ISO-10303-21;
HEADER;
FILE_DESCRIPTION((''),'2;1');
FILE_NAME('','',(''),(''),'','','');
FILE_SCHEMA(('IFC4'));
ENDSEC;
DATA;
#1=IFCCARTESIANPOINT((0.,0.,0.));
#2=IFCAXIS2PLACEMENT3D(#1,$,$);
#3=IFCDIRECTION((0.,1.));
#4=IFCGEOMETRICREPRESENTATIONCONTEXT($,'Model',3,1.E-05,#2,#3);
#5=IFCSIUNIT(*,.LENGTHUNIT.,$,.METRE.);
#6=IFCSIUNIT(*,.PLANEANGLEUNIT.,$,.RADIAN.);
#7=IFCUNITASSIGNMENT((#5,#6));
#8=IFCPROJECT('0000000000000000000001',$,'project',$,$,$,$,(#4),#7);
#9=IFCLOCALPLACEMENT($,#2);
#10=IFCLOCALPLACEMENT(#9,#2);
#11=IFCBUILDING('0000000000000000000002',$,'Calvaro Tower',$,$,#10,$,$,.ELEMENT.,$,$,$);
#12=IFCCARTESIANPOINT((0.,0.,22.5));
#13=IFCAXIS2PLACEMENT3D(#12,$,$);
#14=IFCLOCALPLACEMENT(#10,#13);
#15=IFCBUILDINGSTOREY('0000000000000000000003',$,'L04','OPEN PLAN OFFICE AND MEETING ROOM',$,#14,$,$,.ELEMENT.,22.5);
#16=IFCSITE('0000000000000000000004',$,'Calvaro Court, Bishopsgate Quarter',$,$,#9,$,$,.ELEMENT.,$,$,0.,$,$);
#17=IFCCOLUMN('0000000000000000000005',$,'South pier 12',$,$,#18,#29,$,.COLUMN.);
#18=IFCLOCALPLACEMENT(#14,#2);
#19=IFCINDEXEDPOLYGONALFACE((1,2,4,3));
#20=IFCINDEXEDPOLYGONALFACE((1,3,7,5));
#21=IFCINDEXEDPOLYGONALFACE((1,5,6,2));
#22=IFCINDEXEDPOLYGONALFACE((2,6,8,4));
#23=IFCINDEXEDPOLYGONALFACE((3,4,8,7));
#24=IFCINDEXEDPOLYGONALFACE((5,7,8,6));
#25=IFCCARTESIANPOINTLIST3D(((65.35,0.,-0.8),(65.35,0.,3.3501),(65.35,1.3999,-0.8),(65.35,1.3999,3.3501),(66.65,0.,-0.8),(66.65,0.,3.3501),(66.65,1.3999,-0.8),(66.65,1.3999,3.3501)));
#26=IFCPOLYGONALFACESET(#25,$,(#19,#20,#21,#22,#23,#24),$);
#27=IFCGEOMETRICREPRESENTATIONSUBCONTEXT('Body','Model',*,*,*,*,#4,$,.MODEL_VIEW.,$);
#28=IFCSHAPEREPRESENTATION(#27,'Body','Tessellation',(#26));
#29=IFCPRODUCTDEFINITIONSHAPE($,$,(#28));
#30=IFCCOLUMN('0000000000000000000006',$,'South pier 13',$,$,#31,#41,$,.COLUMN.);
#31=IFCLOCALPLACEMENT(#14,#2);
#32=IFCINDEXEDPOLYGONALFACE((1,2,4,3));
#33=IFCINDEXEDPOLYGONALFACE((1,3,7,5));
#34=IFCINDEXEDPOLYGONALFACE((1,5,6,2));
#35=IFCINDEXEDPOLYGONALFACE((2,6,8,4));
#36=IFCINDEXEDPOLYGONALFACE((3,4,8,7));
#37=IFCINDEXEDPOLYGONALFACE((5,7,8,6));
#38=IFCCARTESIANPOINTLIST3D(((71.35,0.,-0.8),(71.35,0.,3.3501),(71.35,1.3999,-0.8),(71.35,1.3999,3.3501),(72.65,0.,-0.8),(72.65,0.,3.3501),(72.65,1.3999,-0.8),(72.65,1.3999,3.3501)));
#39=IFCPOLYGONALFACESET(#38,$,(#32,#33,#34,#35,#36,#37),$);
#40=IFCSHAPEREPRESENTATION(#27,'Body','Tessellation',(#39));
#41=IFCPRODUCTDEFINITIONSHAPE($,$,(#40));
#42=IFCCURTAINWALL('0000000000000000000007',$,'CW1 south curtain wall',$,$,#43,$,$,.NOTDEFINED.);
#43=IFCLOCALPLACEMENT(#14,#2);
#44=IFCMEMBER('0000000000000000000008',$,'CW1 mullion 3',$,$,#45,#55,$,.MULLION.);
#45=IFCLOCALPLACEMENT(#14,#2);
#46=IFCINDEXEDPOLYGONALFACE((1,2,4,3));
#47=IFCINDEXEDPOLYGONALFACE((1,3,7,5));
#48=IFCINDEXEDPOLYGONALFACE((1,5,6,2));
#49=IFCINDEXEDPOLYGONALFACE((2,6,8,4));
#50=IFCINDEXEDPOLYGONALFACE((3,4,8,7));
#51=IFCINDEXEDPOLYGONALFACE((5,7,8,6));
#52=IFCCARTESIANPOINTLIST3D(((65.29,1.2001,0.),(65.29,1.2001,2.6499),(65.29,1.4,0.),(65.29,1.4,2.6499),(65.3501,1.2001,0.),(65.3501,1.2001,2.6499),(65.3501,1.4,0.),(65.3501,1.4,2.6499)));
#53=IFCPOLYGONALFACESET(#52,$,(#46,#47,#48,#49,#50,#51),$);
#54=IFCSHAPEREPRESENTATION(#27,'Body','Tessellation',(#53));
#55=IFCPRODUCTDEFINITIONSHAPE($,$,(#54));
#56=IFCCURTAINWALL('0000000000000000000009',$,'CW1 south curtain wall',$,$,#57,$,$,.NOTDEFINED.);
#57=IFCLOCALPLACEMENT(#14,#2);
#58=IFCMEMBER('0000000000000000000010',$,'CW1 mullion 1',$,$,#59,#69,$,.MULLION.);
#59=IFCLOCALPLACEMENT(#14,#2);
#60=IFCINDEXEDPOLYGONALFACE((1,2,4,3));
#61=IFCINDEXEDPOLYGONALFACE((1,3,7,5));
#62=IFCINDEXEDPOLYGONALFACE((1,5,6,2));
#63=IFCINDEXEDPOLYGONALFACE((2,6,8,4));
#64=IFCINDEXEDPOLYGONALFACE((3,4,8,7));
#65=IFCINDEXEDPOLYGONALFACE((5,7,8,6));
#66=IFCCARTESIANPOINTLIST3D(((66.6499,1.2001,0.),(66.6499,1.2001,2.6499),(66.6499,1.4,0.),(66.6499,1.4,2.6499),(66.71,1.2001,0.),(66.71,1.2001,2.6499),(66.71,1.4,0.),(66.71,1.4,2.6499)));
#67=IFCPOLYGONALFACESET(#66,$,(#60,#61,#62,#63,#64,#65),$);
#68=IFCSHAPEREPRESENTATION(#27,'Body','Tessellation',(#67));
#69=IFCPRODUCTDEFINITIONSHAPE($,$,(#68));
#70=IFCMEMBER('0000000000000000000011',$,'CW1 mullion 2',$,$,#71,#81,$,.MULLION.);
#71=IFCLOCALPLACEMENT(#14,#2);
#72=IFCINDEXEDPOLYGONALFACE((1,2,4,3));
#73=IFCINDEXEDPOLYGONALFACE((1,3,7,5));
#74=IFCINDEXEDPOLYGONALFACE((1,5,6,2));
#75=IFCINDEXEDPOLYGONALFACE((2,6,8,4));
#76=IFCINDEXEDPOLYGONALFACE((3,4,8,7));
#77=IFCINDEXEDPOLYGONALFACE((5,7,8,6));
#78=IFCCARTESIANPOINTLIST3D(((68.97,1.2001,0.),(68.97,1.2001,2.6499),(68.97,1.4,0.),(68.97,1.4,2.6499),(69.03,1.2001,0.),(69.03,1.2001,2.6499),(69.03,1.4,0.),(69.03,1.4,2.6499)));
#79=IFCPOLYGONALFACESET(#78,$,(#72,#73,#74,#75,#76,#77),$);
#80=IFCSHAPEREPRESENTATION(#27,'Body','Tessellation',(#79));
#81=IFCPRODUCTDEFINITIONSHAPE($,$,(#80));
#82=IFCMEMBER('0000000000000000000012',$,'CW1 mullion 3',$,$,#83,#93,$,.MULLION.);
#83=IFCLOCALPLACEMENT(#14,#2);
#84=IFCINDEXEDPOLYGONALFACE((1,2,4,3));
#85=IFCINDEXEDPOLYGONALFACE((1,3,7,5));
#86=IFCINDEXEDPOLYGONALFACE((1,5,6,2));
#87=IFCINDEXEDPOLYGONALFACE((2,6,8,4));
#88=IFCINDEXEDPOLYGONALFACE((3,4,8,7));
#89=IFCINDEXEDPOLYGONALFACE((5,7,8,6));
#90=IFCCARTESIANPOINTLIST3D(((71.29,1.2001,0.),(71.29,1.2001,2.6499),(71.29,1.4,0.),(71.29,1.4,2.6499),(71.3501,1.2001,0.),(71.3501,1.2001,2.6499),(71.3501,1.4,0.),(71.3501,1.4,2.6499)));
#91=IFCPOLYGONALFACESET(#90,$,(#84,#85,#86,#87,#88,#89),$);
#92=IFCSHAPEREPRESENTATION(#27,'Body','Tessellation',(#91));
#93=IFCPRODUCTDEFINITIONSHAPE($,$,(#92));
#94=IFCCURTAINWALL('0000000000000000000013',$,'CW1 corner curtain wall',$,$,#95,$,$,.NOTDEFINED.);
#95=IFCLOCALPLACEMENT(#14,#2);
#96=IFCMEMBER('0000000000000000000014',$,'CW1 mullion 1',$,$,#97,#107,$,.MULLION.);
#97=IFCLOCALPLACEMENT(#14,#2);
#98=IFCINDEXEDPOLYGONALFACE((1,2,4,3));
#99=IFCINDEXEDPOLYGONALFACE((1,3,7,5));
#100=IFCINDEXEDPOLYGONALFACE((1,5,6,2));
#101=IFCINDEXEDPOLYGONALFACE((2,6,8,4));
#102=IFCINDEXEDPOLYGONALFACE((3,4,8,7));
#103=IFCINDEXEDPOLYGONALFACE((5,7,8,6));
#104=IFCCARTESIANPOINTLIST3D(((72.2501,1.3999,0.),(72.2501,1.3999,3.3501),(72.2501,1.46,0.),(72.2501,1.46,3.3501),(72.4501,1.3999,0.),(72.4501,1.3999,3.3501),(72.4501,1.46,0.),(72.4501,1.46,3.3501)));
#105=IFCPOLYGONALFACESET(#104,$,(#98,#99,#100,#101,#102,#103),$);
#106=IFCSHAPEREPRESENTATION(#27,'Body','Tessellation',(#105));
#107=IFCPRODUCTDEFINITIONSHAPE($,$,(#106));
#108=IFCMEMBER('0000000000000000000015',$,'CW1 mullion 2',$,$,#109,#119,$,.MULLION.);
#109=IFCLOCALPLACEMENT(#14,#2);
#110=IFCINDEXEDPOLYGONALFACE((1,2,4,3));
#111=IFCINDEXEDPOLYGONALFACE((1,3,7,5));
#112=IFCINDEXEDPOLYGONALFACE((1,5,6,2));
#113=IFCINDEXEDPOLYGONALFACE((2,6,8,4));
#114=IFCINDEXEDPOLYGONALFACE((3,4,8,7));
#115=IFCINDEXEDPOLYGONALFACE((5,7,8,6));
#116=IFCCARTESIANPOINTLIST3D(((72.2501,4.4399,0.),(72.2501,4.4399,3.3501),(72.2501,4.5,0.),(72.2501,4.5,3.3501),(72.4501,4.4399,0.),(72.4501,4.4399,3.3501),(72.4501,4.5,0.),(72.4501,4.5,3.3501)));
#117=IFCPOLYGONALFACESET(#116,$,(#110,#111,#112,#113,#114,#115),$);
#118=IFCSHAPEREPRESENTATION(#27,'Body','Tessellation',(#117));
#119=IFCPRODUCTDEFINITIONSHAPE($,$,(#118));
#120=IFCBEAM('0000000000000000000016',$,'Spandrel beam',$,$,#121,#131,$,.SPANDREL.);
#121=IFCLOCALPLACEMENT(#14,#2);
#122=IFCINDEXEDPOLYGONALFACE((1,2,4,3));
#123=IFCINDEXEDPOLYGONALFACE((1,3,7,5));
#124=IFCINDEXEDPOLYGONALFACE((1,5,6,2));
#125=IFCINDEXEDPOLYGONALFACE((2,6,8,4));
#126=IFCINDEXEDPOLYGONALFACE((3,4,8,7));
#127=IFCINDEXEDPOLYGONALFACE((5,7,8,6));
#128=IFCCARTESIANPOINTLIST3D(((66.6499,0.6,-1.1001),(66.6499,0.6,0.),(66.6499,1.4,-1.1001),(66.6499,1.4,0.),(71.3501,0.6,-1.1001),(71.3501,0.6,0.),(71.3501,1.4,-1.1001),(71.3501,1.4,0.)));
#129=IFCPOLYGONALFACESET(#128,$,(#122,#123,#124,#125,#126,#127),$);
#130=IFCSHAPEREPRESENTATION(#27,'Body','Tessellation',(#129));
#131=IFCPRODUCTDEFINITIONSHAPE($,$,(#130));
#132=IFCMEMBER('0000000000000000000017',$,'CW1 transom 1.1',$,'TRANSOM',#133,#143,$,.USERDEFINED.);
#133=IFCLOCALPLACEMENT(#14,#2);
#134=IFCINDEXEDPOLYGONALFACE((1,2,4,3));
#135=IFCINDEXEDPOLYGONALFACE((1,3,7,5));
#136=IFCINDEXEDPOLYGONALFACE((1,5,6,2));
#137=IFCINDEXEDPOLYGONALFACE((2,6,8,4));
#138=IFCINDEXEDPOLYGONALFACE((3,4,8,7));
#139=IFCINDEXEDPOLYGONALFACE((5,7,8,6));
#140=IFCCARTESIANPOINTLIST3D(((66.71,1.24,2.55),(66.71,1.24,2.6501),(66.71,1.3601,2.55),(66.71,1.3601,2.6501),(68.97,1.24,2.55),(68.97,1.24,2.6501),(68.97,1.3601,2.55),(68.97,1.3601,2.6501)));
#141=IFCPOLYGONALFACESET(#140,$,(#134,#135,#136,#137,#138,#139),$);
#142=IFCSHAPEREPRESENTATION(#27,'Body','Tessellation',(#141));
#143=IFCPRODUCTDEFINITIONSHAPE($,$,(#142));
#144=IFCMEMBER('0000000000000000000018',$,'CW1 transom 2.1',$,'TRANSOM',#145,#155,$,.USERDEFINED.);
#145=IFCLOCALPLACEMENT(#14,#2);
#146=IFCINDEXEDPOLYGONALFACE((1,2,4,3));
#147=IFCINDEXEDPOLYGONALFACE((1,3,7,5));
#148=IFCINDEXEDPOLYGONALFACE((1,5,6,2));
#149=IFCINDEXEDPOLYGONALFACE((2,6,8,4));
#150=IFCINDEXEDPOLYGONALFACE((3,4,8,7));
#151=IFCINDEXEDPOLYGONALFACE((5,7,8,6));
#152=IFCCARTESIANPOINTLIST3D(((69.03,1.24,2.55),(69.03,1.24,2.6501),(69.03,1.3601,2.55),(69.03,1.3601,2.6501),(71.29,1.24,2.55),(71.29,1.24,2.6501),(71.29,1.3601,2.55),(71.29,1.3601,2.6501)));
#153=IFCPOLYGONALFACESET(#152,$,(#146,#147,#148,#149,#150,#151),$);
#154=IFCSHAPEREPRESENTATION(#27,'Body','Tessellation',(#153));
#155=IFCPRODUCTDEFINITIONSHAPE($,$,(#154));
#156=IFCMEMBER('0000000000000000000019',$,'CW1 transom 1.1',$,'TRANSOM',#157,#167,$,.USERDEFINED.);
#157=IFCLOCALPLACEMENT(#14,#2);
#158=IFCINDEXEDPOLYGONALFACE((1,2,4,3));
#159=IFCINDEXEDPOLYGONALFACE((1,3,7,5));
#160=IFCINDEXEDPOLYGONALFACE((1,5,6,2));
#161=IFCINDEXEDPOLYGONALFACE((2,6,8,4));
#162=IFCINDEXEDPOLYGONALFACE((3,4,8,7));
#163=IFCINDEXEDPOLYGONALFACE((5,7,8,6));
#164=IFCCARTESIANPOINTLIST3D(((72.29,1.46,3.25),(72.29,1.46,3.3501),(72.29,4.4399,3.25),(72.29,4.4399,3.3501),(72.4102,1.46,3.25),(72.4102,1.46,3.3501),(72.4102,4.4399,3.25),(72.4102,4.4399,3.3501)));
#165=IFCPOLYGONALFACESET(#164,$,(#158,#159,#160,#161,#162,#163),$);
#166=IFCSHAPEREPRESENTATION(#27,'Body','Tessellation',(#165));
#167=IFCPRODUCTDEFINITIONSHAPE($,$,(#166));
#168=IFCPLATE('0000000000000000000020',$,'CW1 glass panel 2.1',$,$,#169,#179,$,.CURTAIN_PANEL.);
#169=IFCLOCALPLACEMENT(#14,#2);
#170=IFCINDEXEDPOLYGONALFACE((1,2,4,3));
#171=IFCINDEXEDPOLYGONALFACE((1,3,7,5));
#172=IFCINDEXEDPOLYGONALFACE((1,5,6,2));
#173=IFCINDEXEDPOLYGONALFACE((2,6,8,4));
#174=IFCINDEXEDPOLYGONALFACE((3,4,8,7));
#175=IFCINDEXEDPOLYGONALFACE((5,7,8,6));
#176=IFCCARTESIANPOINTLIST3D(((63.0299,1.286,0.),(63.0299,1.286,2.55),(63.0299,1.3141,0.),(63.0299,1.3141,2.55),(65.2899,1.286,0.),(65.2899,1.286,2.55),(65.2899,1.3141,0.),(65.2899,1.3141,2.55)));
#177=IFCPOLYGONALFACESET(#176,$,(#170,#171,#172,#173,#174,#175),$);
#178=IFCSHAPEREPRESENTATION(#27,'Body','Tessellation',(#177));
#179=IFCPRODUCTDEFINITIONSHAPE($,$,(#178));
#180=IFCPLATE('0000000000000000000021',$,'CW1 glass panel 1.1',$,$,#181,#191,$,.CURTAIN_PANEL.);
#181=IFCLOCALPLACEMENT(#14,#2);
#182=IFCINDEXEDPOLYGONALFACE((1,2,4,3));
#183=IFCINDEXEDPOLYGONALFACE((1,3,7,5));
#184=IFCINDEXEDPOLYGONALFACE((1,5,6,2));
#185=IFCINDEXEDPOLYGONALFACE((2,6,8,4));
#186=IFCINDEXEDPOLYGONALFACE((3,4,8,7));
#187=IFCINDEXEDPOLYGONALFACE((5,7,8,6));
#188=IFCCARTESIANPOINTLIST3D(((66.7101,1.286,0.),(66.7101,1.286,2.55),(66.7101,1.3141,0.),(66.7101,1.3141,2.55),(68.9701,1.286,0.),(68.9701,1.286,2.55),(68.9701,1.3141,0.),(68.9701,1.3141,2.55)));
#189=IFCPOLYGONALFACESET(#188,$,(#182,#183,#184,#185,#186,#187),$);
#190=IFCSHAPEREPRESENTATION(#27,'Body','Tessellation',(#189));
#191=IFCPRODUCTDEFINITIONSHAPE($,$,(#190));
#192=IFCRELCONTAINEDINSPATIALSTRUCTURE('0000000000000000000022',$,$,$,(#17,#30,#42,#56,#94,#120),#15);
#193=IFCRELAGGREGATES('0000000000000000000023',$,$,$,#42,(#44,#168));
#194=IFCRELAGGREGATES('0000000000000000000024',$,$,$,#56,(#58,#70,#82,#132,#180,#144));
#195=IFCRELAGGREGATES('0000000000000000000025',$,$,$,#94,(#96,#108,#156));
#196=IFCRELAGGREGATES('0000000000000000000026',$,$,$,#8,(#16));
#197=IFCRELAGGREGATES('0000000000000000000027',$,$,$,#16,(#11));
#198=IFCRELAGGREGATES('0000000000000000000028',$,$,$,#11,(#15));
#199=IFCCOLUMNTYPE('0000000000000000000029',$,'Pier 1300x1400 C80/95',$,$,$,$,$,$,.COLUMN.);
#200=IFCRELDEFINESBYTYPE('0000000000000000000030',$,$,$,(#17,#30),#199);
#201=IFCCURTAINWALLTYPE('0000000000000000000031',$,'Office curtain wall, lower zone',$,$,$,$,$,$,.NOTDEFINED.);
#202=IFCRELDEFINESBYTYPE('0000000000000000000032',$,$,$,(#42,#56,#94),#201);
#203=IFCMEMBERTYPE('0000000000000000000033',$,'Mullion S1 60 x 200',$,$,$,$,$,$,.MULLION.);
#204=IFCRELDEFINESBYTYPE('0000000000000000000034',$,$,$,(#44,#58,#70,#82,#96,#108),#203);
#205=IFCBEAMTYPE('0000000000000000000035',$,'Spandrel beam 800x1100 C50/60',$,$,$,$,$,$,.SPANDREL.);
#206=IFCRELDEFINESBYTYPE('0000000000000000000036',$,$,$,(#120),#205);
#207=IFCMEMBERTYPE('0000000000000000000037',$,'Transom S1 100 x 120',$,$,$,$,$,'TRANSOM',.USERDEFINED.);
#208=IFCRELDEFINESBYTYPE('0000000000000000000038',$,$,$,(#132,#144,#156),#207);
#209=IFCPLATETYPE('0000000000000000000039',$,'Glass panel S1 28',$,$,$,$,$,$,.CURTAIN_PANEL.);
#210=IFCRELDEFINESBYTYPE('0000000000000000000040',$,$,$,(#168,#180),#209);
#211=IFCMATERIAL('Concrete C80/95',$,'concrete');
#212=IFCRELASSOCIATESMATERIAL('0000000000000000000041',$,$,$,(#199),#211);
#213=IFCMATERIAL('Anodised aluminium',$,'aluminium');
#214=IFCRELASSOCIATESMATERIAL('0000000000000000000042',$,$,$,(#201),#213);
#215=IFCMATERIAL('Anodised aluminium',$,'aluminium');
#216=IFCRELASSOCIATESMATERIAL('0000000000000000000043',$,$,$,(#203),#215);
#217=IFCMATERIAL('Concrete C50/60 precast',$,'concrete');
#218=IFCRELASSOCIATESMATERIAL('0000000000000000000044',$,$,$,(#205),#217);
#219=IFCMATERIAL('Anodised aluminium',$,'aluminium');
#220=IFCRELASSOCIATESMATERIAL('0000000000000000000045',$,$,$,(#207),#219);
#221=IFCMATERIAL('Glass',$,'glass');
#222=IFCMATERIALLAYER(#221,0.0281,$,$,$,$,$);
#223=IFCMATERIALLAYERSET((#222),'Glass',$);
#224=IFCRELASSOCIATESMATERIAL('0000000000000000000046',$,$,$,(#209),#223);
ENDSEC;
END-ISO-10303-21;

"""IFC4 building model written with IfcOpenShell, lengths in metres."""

from ifc_helpers import new_model, si_unit, direction, frame, origin, origin_2d, place, context, subcontext, project, spatial, rectangle, extrude, material, layer, layer_set, material_profile, profile_set, type_object, element, aggregate, save


model = new_model("IFC4")

# Units and contexts
model_context = context("Model", 3, precision=1e-05, world=origin(), true_north=direction((0.0, 1.0)))
body_context = subcontext(model_context, "Body", "Model", "MODEL_VIEW")
ifc_project = project(units=[si_unit("LENGTHUNIT", "METRE"), si_unit("PLANEANGLEUNIT", "RADIAN")], contexts=[model_context])

# Site, building, storey
site_placement = place(None, origin())
site = spatial("IfcSite", under=ifc_project, at=site_placement, Name="Calvaro Court, Bishopsgate Quarter", CompositionType="ELEMENT", RefElevation=0.0)
building_placement = place(site_placement, origin())
building = spatial("IfcBuilding", under=site, at=building_placement, Name="Calvaro Tower", CompositionType="ELEMENT")
storey_placement = place(building_placement, frame((0.0, 0.0, 22.5)))
storey = spatial("IfcBuildingStorey", under=building, at=storey_placement, Name="L04", Description="OPEN PLAN OFFICE AND MEETING ROOM", CompositionType="ELEMENT", Elevation=22.5)

# Columns
ifc_material_1 = material(Name="Concrete C80/95", Category="concrete")
ifc_material_profile_1 = material_profile(ifc_material_1, rectangle(XDim=1.3, YDim=1.3999, at=origin_2d()), Name="RC 1300x1400")
ifc_profile_set_1 = profile_set([ifc_material_profile_1], Name="Concrete C80/95")
column_type = type_object("IfcColumnType", Name="Pier 1300x1400 C80/95", PredefinedType="COLUMN", material=ifc_profile_set_1)
for number, where, z_axis, x_axis, name in (
    (1, (66.0, 0.7, -0.8), (0.0, 0.0, 1.0), (1.0, 0.0, 0.0), "South pier 12"),
    (2, (72.0, 0.7, -0.8), (0.0, 0.0, 1.0), (1.0, 0.0, 0.0), "South pier 13"),
):
    element("IfcColumn", number, at=place(storey_placement, frame(where, z_axis=z_axis, x_axis=x_axis)), inside=storey, type_object=column_type, Name=name, PredefinedType="COLUMN", context=body_context, shape_type="SweptSolid", body=[
        extrude(rectangle(XDim=1.3, YDim=1.3999, at=origin_2d()), origin(), (0.0, 0.0, 1.0), 4.1501),
    ])

# Curtain wall, member
ifc_material_2 = material(Name="Anodised aluminium", Category="aluminium")
curtain_wall_type = type_object("IfcCurtainWallType", Name="Office curtain wall, lower zone", PredefinedType="NOTDEFINED", material=ifc_material_2)
curtain_wall_1_placement = place(storey_placement, origin())
curtain_wall_1 = element("IfcCurtainWall", 3, at=curtain_wall_1_placement, inside=storey, type_object=curtain_wall_type, Name="CW1 south curtain wall", PredefinedType="NOTDEFINED")
ifc_material_3 = material(Name="Anodised aluminium", Category="aluminium")
ifc_material_profile_2 = material_profile(ifc_material_3, rectangle(XDim=0.2, YDim=0.0601, at=origin_2d()), Name="Mullion S1 60 x 200")
ifc_profile_set_2 = profile_set([ifc_material_profile_2], Name="Anodised aluminium")
member_type_1 = type_object("IfcMemberType", Name="Mullion S1 60 x 200", PredefinedType="MULLION", material=ifc_profile_set_2)
member_1_placement = place(storey_placement, frame((65.3201, 1.3, 0.0), z_axis=(0.0, 0.0, 1.0), x_axis=(0.0, 1.0, 0.0)))
member_1 = element("IfcMember", 4, at=member_1_placement, type_object=member_type_1, Name="CW1 mullion 3", PredefinedType="MULLION", context=body_context, shape_type="SweptSolid", body=[
    extrude(rectangle(XDim=0.2, YDim=0.0601, at=origin_2d()), origin(), (0.0, 0.0, 1.0), 2.6499),
])

# Curtain walls, members
curtain_wall_2_placement = place(storey_placement, origin())
curtain_wall_2 = element("IfcCurtainWall", 5, at=curtain_wall_2_placement, inside=storey, type_object=curtain_wall_type, Name="CW1 south curtain wall", PredefinedType="NOTDEFINED")
member_2_placement = place(storey_placement, frame((66.6799, 1.3, 0.0), z_axis=(0.0, 0.0, 1.0), x_axis=(0.0, 1.0, 0.0)))
member_2 = element("IfcMember", 6, at=member_2_placement, type_object=member_type_1, Name="CW1 mullion 1", PredefinedType="MULLION", context=body_context, shape_type="SweptSolid", body=[
    extrude(rectangle(XDim=0.2, YDim=0.0601, at=origin_2d()), origin(), (0.0, 0.0, 1.0), 2.6499),
])
member_3_placement = place(storey_placement, frame((69.0, 1.3, 0.0), z_axis=(0.0, 0.0, 1.0), x_axis=(0.0, 1.0, 0.0)))
member_3 = element("IfcMember", 7, at=member_3_placement, type_object=member_type_1, Name="CW1 mullion 2", PredefinedType="MULLION", context=body_context, shape_type="SweptSolid", body=[
    extrude(rectangle(XDim=0.2, YDim=0.0601, at=origin_2d()), origin(), (0.0, 0.0, 1.0), 2.6499),
])
member_4_placement = place(storey_placement, frame((71.3201, 1.3, 0.0), z_axis=(0.0, 0.0, 1.0), x_axis=(0.0, 1.0, 0.0)))
member_4 = element("IfcMember", 8, at=member_4_placement, type_object=member_type_1, Name="CW1 mullion 3", PredefinedType="MULLION", context=body_context, shape_type="SweptSolid", body=[
    extrude(rectangle(XDim=0.2, YDim=0.0601, at=origin_2d()), origin(), (0.0, 0.0, 1.0), 2.6499),
])
curtain_wall_3_placement = place(storey_placement, origin())
curtain_wall_3 = element("IfcCurtainWall", 9, at=curtain_wall_3_placement, inside=storey, type_object=curtain_wall_type, Name="CW1 corner curtain wall", PredefinedType="NOTDEFINED")
member_5_placement = place(storey_placement, frame((72.3501, 1.4299, 0.0), z_axis=(0.0, 0.0, 1.0), x_axis=(-1.0, 0.0, 0.0)))
member_5 = element("IfcMember", 10, at=member_5_placement, type_object=member_type_1, Name="CW1 mullion 1", PredefinedType="MULLION", context=body_context, shape_type="SweptSolid", body=[
    extrude(rectangle(XDim=0.2, YDim=0.0601, at=origin_2d()), origin(), (0.0, 0.0, 1.0), 3.3501),
])
member_6_placement = place(storey_placement, frame((72.3501, 4.47, 0.0), z_axis=(0.0, 0.0, 1.0), x_axis=(-1.0, 0.0, 0.0)))
member_6 = element("IfcMember", 11, at=member_6_placement, type_object=member_type_1, Name="CW1 mullion 2", PredefinedType="MULLION", context=body_context, shape_type="SweptSolid", body=[
    extrude(rectangle(XDim=0.2, YDim=0.0601, at=origin_2d()), origin(), (0.0, 0.0, 1.0), 3.3501),
])

# Beam
ifc_material_4 = material(Name="Concrete C50/60 precast", Category="concrete")
ifc_material_profile_3 = material_profile(ifc_material_4, rectangle(XDim=0.8, YDim=1.1001, at=origin_2d()), Name="RC 800x1100")
ifc_profile_set_3 = profile_set([ifc_material_profile_3], Name="Concrete C50/60 precast")
beam_type = type_object("IfcBeamType", Name="Spandrel beam 800x1100 C50/60", PredefinedType="SPANDREL", material=ifc_profile_set_3)
beam_placement = place(storey_placement, frame((66.6499, 1.0, -0.55), z_axis=(1.0, 0.0, 0.0), x_axis=(0.0, 1.0, 0.0)))
element("IfcBeam", 12, at=beam_placement, inside=storey, type_object=beam_type, Name="Spandrel beam", PredefinedType="SPANDREL", context=body_context, shape_type="SweptSolid", body=[
    extrude(rectangle(XDim=0.8, YDim=1.1001, at=origin_2d()), origin(), (0.0, 0.0, 1.0), 4.7002),
])

# Members
ifc_material_5 = material(Name="Anodised aluminium", Category="aluminium")
ifc_material_profile_4 = material_profile(ifc_material_5, rectangle(XDim=0.1201, YDim=0.1001, at=origin_2d()), Name="Transom S1 100 x 120")
ifc_profile_set_4 = profile_set([ifc_material_profile_4], Name="Anodised aluminium")
member_type_2 = type_object("IfcMemberType", Name="Transom S1 100 x 120", ElementType="TRANSOM", PredefinedType="USERDEFINED", material=ifc_profile_set_4)
member_7_placement = place(storey_placement, frame((66.71, 1.3, 2.6001), z_axis=(1.0, 0.0, 0.0), x_axis=(0.0, 1.0, 0.0)))
member_7 = element("IfcMember", 13, at=member_7_placement, type_object=member_type_2, Name="CW1 transom 1.1", ObjectType="TRANSOM", PredefinedType="USERDEFINED", context=body_context, shape_type="SweptSolid", body=[
    extrude(rectangle(XDim=0.1201, YDim=0.1001, at=origin_2d()), origin(), (0.0, 0.0, 1.0), 2.26),
])
member_8_placement = place(storey_placement, frame((69.03, 1.3, 2.6001), z_axis=(1.0, 0.0, 0.0), x_axis=(0.0, 1.0, 0.0)))
member_8 = element("IfcMember", 14, at=member_8_placement, type_object=member_type_2, Name="CW1 transom 2.1", ObjectType="TRANSOM", PredefinedType="USERDEFINED", context=body_context, shape_type="SweptSolid", body=[
    extrude(rectangle(XDim=0.1201, YDim=0.1001, at=origin_2d()), origin(), (0.0, 0.0, 1.0), 2.26),
])
member_9_placement = place(storey_placement, frame((72.3501, 1.46, 3.3), z_axis=(0.0, 1.0, 0.0), x_axis=(-1.0, 0.0, 0.0)))
member_9 = element("IfcMember", 15, at=member_9_placement, type_object=member_type_2, Name="CW1 transom 1.1", ObjectType="TRANSOM", PredefinedType="USERDEFINED", context=body_context, shape_type="SweptSolid", body=[
    extrude(rectangle(XDim=0.1201, YDim=0.1001, at=origin_2d()), origin(), (0.0, 0.0, 1.0), 2.98),
])

# Plates
ifc_material_6 = material(Name="Glass", Category="glass")
ifc_layer_1 = layer(ifc_material_6, 0.0281)
ifc_layer_set_1 = layer_set([ifc_layer_1], Name="Glass")
plate_type = type_object("IfcPlateType", Name="Glass panel S1 28", PredefinedType="CURTAIN_PANEL", material=ifc_layer_set_1)
plate_1_placement = place(storey_placement, frame((64.1599, 1.3, 0.0), z_axis=(0.0, 0.0, 1.0), x_axis=(1.0, 0.0, 0.0)))
plate_1 = element("IfcPlate", 16, at=plate_1_placement, type_object=plate_type, Name="CW1 glass panel 2.1", PredefinedType="CURTAIN_PANEL", context=body_context, shape_type="SweptSolid", body=[
    extrude(rectangle(XDim=2.26, YDim=0.0281, at=origin_2d()), origin(), (0.0, 0.0, 1.0), 2.55),
])
aggregate(curtain_wall_1, [member_1, plate_1])
plate_2_placement = place(storey_placement, frame((67.8401, 1.3, 0.0), z_axis=(0.0, 0.0, 1.0), x_axis=(1.0, 0.0, 0.0)))
plate_2 = element("IfcPlate", 17, at=plate_2_placement, type_object=plate_type, Name="CW1 glass panel 1.1", PredefinedType="CURTAIN_PANEL", context=body_context, shape_type="SweptSolid", body=[
    extrude(rectangle(XDim=2.26, YDim=0.0281, at=origin_2d()), origin(), (0.0, 0.0, 1.0), 2.55),
])
aggregate(curtain_wall_2, [member_2, member_3, member_4, member_7, plate_2, member_8])
aggregate(curtain_wall_3, [member_5, member_6, member_9])

save(model, "model.ifc")
